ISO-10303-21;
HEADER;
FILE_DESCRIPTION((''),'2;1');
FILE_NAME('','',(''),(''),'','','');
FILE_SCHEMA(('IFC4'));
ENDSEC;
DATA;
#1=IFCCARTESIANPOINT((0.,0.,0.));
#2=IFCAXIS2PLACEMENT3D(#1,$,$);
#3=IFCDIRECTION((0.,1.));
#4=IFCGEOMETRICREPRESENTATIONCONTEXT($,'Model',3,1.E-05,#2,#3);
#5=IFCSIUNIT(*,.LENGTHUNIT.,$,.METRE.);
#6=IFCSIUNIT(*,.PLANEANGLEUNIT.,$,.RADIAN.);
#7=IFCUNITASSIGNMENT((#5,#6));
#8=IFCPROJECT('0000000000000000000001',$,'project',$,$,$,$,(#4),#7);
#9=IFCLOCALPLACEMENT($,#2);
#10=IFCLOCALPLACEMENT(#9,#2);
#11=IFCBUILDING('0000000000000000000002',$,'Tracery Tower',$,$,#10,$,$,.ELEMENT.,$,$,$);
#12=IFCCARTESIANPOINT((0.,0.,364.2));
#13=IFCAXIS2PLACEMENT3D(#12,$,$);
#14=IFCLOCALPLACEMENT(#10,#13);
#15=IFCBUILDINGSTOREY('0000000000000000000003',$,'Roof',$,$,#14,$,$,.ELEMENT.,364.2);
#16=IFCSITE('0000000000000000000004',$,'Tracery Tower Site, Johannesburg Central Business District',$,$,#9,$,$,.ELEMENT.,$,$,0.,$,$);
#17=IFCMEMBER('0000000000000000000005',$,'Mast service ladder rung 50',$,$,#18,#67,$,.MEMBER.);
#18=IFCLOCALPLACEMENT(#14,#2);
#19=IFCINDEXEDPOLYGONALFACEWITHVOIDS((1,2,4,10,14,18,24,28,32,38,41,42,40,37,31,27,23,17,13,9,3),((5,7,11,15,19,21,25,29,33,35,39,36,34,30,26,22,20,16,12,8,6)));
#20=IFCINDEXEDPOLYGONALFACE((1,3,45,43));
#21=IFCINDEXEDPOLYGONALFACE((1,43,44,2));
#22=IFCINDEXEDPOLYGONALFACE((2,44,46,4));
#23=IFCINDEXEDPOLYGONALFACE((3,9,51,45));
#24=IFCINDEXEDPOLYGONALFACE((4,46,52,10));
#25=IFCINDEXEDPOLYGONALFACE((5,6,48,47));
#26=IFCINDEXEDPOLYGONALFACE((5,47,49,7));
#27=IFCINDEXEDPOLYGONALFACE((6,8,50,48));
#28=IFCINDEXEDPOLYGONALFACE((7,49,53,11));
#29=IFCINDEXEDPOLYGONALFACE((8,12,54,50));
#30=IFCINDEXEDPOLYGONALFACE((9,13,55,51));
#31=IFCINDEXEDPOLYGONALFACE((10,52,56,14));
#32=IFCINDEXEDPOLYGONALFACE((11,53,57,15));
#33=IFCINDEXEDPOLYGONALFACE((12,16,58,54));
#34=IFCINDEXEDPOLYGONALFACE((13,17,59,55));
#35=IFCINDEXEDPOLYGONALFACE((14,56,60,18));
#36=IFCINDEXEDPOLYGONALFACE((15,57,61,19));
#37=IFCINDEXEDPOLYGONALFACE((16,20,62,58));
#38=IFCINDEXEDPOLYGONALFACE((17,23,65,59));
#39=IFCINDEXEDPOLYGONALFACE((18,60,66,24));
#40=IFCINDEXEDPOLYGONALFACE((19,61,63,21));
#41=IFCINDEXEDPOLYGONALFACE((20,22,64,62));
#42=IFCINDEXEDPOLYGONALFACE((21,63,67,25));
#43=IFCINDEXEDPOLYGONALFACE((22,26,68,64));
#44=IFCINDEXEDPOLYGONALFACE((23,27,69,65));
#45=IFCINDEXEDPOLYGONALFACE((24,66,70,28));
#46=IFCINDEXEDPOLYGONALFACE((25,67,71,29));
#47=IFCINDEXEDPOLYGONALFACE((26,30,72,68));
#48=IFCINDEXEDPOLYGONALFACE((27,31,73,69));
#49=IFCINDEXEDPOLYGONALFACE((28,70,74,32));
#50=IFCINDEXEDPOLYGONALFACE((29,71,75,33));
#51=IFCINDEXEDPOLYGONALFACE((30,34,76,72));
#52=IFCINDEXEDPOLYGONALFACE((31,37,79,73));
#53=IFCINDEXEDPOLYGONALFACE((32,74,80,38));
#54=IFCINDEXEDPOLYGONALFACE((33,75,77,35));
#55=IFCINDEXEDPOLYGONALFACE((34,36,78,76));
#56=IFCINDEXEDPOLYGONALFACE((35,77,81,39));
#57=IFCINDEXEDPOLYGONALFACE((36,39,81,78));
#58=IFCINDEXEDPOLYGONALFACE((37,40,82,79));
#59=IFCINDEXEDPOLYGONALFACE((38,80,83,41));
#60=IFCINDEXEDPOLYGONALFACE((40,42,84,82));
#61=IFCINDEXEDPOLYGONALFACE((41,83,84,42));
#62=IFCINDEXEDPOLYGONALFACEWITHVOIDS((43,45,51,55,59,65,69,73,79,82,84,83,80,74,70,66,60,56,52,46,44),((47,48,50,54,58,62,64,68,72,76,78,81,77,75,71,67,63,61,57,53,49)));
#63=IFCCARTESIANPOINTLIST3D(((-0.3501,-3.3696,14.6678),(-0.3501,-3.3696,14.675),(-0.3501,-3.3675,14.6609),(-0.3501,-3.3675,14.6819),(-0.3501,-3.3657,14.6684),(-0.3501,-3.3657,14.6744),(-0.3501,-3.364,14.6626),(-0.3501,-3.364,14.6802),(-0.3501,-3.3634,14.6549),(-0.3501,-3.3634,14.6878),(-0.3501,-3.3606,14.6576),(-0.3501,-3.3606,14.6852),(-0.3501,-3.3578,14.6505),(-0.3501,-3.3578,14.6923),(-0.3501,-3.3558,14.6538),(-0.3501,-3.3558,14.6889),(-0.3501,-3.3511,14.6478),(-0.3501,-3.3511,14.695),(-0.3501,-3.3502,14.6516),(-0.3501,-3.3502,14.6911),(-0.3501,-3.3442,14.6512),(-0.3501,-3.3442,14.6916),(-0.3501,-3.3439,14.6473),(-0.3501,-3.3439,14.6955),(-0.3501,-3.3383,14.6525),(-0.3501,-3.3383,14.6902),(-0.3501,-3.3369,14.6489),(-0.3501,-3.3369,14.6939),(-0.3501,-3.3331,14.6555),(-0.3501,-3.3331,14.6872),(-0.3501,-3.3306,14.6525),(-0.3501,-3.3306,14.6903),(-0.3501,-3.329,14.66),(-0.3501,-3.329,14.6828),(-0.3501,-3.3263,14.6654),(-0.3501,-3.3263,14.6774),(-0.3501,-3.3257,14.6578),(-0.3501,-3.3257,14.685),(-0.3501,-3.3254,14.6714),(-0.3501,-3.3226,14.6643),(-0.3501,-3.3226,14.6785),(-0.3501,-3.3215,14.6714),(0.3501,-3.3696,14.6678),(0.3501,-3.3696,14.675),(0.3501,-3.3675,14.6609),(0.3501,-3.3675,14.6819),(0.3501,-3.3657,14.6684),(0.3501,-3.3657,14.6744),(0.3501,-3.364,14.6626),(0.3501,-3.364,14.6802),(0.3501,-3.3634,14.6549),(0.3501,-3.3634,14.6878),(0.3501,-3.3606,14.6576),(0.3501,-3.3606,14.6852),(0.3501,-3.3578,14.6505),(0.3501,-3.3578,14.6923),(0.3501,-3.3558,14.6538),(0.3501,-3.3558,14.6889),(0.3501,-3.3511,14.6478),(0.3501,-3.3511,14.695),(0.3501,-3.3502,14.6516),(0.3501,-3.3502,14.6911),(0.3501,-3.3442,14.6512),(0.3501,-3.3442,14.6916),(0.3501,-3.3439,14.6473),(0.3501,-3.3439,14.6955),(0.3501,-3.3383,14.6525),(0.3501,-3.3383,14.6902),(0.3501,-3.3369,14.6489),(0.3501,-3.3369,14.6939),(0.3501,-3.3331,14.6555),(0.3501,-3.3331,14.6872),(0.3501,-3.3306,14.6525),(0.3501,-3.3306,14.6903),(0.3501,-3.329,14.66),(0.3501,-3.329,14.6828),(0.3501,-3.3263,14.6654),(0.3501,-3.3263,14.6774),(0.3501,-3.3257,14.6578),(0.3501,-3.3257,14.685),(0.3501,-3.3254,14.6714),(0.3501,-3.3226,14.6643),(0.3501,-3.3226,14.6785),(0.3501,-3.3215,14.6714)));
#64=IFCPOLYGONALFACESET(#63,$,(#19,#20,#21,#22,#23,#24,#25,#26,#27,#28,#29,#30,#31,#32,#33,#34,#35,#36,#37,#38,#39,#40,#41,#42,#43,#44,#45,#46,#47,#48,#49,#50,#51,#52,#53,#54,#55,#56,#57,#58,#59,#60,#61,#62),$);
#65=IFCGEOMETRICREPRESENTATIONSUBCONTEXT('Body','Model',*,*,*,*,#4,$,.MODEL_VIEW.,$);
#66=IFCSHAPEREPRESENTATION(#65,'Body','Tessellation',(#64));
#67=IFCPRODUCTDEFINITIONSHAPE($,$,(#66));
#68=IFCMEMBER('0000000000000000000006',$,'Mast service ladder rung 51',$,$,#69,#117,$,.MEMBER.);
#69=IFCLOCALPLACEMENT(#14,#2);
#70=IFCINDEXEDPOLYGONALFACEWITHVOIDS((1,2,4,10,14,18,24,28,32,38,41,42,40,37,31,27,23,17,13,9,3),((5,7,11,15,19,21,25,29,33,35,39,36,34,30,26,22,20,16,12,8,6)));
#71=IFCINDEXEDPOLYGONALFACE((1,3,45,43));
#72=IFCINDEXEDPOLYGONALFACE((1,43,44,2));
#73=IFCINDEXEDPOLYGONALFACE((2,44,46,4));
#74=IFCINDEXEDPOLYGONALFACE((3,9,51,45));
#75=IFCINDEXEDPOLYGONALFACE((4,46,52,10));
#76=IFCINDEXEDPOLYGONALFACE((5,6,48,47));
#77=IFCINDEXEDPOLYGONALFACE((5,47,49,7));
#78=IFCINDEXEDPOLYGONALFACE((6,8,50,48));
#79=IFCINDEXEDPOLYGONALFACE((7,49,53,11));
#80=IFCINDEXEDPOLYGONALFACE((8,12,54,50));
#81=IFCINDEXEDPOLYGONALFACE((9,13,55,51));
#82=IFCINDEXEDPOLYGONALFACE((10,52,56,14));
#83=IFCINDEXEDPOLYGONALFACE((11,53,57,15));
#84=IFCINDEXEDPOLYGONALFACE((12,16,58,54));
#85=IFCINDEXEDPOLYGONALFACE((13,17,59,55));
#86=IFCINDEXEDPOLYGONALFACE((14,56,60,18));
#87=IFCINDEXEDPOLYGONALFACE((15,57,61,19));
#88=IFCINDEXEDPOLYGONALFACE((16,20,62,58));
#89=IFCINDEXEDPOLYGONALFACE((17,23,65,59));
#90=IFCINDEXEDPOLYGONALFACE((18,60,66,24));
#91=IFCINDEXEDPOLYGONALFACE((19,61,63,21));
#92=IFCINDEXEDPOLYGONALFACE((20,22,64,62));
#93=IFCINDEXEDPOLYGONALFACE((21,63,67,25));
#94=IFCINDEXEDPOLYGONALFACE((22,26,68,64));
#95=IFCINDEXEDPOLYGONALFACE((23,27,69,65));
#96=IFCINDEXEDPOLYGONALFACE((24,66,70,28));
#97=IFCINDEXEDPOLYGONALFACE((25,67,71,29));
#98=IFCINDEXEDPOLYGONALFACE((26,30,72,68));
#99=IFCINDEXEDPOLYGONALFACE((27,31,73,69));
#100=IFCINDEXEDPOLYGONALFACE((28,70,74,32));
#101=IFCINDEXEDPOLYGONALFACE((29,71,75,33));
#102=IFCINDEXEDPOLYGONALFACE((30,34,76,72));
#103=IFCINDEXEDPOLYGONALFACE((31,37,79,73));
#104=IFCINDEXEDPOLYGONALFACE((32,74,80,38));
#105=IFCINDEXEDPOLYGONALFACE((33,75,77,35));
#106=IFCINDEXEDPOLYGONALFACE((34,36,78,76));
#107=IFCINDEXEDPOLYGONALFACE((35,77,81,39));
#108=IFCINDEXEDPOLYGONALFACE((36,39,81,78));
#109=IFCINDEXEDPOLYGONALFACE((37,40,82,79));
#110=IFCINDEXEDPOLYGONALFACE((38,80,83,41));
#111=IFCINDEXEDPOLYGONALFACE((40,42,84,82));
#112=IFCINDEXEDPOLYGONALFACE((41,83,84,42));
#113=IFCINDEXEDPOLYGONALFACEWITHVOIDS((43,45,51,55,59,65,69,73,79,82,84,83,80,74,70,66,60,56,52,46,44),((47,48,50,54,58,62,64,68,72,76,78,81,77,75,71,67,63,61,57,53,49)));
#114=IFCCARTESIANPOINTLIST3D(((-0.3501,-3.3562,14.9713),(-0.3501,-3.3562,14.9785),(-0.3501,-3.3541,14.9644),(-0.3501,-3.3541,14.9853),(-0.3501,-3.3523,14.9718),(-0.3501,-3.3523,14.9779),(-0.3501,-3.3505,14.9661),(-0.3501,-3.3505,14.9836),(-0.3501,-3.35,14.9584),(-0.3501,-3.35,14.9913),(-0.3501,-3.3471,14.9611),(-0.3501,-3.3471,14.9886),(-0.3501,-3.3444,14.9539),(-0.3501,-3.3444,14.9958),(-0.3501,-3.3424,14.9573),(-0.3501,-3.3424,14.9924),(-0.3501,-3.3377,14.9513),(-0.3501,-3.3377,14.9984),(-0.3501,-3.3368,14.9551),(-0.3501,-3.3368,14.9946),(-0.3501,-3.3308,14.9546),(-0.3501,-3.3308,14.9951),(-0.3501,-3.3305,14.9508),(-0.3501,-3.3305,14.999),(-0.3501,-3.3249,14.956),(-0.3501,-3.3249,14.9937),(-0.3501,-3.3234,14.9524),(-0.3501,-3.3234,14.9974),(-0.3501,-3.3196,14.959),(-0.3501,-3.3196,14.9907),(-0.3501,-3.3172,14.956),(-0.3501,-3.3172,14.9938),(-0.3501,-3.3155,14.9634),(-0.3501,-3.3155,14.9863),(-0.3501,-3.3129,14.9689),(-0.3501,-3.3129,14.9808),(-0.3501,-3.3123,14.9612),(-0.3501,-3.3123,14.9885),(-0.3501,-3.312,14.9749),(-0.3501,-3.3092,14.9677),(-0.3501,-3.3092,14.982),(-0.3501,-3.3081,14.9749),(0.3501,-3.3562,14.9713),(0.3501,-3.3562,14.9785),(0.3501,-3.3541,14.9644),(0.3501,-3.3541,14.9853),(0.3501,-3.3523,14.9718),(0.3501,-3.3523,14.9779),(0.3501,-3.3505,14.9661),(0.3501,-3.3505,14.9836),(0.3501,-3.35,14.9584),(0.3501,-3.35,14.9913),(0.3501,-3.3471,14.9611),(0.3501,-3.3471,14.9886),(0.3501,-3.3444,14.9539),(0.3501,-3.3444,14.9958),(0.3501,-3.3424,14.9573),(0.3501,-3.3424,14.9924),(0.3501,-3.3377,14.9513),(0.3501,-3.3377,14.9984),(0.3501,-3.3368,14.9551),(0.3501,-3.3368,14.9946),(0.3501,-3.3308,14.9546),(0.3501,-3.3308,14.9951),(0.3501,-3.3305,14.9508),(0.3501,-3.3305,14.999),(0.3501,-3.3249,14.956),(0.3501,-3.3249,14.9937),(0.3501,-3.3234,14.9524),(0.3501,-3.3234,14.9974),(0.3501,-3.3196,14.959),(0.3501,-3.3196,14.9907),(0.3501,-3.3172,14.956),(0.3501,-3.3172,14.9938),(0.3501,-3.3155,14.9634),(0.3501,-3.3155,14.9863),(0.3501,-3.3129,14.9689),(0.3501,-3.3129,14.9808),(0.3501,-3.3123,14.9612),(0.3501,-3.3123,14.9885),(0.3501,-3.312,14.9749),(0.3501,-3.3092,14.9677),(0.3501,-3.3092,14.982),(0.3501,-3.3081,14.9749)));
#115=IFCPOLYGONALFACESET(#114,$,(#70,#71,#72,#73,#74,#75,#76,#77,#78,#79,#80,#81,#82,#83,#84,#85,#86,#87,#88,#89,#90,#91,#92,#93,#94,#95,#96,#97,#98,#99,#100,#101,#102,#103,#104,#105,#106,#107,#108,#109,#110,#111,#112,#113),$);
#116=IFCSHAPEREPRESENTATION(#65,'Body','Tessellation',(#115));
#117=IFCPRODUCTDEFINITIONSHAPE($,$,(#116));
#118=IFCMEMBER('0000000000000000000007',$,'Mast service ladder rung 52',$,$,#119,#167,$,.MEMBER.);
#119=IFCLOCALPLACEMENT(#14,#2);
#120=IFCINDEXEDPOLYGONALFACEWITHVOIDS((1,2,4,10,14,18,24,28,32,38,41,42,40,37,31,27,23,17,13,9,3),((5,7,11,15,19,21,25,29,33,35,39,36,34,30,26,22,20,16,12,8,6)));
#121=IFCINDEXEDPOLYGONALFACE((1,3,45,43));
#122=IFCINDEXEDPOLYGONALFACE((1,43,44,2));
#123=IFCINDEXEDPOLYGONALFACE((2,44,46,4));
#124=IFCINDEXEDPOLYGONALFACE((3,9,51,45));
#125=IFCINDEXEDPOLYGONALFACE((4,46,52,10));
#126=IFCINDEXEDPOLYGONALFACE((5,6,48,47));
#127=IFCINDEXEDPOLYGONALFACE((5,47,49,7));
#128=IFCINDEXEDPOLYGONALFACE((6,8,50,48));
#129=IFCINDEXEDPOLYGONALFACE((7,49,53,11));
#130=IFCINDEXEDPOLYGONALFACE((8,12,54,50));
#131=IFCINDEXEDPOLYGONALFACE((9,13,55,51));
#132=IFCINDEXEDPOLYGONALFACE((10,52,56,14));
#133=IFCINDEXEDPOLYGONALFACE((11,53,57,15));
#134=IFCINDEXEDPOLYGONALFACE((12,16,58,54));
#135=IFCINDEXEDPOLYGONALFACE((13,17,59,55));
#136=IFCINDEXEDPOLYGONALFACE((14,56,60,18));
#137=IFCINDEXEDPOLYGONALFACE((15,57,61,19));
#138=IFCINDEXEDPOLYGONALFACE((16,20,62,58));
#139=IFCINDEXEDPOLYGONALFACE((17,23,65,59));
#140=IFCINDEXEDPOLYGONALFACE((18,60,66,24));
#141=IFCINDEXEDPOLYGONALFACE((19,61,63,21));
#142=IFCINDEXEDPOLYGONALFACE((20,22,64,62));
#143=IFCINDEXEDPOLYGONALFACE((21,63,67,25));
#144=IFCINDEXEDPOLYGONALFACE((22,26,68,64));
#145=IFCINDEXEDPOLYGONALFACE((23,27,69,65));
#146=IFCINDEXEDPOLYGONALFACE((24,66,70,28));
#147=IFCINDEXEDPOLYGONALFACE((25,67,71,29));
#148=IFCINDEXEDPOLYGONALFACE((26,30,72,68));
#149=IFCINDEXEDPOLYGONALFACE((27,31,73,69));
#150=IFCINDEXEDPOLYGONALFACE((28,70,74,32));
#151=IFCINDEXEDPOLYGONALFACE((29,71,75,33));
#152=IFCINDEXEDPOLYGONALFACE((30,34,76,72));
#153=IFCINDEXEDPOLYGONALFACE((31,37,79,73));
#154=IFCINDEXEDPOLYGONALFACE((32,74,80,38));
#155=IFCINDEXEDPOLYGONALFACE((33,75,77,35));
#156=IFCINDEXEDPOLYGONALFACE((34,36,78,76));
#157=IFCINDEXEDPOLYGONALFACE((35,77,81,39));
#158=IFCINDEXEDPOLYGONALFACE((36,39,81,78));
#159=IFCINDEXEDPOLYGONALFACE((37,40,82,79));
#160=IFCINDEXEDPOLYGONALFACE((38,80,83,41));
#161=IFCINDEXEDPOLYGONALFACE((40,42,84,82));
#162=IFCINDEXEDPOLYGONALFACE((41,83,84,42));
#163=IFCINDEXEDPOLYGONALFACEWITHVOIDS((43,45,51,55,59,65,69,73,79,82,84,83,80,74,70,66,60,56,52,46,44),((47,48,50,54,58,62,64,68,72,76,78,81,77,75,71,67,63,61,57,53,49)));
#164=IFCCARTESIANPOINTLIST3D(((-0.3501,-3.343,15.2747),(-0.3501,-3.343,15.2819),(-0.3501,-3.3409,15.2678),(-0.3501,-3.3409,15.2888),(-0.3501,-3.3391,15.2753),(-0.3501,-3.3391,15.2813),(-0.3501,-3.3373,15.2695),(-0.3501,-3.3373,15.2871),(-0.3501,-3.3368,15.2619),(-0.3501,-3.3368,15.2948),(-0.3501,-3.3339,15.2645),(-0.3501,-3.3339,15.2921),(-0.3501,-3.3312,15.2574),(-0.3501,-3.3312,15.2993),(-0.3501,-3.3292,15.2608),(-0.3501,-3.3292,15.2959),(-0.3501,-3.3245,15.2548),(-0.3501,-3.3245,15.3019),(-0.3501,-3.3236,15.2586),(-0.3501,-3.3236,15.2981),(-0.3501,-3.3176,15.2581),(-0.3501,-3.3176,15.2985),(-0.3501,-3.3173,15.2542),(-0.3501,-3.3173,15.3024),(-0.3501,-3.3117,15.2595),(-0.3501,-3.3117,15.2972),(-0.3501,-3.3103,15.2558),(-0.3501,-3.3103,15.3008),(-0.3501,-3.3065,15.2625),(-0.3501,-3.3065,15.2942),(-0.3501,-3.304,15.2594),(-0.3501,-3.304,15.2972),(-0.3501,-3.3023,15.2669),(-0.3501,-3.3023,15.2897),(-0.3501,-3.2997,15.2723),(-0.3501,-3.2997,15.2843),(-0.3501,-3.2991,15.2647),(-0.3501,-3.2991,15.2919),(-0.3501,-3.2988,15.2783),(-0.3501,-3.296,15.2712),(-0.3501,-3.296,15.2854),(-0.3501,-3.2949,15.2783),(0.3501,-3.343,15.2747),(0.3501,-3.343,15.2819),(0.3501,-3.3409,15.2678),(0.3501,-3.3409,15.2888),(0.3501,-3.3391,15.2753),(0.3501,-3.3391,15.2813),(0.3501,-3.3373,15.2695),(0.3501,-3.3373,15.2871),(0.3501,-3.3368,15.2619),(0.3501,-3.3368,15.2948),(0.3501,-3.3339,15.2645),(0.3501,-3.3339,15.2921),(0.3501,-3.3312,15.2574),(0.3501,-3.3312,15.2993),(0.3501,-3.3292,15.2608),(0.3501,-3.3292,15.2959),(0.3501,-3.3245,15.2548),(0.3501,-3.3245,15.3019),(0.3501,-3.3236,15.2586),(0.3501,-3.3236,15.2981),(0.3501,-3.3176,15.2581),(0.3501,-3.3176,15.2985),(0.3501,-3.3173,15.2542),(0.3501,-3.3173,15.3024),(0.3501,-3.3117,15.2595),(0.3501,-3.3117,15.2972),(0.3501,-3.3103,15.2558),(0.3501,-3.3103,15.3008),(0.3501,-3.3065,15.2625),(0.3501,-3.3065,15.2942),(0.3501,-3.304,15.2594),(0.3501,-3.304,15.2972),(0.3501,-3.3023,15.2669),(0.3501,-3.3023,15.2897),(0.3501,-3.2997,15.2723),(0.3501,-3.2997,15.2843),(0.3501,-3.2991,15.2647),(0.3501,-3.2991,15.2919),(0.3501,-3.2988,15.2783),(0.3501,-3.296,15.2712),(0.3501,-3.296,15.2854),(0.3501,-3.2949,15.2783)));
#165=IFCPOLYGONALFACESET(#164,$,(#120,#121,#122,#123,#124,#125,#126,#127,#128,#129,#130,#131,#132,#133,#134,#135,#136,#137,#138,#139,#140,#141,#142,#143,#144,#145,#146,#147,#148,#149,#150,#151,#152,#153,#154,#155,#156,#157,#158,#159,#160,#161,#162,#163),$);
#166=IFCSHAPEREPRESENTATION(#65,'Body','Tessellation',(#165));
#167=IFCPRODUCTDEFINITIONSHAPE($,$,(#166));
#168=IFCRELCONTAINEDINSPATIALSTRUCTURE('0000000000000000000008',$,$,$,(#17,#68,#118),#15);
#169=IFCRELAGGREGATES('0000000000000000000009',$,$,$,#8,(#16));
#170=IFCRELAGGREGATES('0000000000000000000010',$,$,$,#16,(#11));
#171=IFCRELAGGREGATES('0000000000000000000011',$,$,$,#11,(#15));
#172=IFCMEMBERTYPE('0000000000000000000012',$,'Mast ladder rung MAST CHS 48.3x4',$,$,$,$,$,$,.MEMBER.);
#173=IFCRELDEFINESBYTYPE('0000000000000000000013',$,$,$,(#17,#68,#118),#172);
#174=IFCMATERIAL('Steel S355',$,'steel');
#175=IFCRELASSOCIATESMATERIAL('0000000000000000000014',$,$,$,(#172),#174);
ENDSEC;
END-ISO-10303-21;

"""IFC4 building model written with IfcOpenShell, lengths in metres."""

from ifc_helpers import new_model, si_unit, direction, frame, origin, origin_2d, place, context, subcontext, project, spatial, hollow_circle, extrude, material, material_profile, profile_set, type_object, element, save


model = new_model("IFC4")

# Units and contexts
model_context = context("Model", 3, precision=1e-05, world=origin(), true_north=direction((0.0, 1.0)))
body_context = subcontext(model_context, "Body", "Model", "MODEL_VIEW")
ifc_project = project(units=[si_unit("LENGTHUNIT", "METRE"), si_unit("PLANEANGLEUNIT", "RADIAN")], contexts=[model_context])

# Site, building, storey
site_placement = place(None, origin())
site = spatial("IfcSite", under=ifc_project, at=site_placement, Name="Tracery Tower Site, Johannesburg Central Business District", CompositionType="ELEMENT", RefElevation=0.0)
building_placement = place(site_placement, origin())
building = spatial("IfcBuilding", under=site, at=building_placement, Name="Tracery Tower", CompositionType="ELEMENT")
storey_placement = place(building_placement, frame((0.0, 0.0, 364.2)))
storey = spatial("IfcBuildingStorey", under=building, at=storey_placement, Name="Roof", CompositionType="ELEMENT", Elevation=364.2)

# Members
ifc_material_1 = material(Name="Steel S355", Category="steel")
ifc_material_profile_1 = material_profile(ifc_material_1, hollow_circle(Radius=0.0242, WallThickness=0.0039, at=origin_2d()), Name="CHS 48.3x4")
ifc_profile_set_1 = profile_set([ifc_material_profile_1], Name="Steel S355")
member_type_1 = type_object("IfcMemberType", Name="Mast ladder rung MAST CHS 48.3x4", PredefinedType="MEMBER", material=ifc_profile_set_1)
for number, where, z_axis, x_axis, name in (
    (1, (-0.3501, -3.3457, 14.6714), (1.0, 0.0, 0.0), (0.0, 1.0, 0.0), "Mast service ladder rung 50"),
    (2, (-0.3501, -3.3323, 14.9749), (1.0, 0.0, 0.0), (0.0, 1.0, 0.0), "Mast service ladder rung 51"),
    (3, (-0.3501, -3.3191, 15.2783), (1.0, 0.0, 0.0), (0.0, 1.0, 0.0), "Mast service ladder rung 52"),
):
    element("IfcMember", number, at=place(storey_placement, frame(where, z_axis=z_axis, x_axis=x_axis)), inside=storey, type_object=member_type_1, Name=name, PredefinedType="MEMBER", context=body_context, shape_type="SweptSolid", body=[
        extrude(hollow_circle(Radius=0.0242, WallThickness=0.0039, at=origin_2d()), origin(), (0.0, 0.0, 1.0), 0.7002),
    ])

save(model, "model.ifc")
